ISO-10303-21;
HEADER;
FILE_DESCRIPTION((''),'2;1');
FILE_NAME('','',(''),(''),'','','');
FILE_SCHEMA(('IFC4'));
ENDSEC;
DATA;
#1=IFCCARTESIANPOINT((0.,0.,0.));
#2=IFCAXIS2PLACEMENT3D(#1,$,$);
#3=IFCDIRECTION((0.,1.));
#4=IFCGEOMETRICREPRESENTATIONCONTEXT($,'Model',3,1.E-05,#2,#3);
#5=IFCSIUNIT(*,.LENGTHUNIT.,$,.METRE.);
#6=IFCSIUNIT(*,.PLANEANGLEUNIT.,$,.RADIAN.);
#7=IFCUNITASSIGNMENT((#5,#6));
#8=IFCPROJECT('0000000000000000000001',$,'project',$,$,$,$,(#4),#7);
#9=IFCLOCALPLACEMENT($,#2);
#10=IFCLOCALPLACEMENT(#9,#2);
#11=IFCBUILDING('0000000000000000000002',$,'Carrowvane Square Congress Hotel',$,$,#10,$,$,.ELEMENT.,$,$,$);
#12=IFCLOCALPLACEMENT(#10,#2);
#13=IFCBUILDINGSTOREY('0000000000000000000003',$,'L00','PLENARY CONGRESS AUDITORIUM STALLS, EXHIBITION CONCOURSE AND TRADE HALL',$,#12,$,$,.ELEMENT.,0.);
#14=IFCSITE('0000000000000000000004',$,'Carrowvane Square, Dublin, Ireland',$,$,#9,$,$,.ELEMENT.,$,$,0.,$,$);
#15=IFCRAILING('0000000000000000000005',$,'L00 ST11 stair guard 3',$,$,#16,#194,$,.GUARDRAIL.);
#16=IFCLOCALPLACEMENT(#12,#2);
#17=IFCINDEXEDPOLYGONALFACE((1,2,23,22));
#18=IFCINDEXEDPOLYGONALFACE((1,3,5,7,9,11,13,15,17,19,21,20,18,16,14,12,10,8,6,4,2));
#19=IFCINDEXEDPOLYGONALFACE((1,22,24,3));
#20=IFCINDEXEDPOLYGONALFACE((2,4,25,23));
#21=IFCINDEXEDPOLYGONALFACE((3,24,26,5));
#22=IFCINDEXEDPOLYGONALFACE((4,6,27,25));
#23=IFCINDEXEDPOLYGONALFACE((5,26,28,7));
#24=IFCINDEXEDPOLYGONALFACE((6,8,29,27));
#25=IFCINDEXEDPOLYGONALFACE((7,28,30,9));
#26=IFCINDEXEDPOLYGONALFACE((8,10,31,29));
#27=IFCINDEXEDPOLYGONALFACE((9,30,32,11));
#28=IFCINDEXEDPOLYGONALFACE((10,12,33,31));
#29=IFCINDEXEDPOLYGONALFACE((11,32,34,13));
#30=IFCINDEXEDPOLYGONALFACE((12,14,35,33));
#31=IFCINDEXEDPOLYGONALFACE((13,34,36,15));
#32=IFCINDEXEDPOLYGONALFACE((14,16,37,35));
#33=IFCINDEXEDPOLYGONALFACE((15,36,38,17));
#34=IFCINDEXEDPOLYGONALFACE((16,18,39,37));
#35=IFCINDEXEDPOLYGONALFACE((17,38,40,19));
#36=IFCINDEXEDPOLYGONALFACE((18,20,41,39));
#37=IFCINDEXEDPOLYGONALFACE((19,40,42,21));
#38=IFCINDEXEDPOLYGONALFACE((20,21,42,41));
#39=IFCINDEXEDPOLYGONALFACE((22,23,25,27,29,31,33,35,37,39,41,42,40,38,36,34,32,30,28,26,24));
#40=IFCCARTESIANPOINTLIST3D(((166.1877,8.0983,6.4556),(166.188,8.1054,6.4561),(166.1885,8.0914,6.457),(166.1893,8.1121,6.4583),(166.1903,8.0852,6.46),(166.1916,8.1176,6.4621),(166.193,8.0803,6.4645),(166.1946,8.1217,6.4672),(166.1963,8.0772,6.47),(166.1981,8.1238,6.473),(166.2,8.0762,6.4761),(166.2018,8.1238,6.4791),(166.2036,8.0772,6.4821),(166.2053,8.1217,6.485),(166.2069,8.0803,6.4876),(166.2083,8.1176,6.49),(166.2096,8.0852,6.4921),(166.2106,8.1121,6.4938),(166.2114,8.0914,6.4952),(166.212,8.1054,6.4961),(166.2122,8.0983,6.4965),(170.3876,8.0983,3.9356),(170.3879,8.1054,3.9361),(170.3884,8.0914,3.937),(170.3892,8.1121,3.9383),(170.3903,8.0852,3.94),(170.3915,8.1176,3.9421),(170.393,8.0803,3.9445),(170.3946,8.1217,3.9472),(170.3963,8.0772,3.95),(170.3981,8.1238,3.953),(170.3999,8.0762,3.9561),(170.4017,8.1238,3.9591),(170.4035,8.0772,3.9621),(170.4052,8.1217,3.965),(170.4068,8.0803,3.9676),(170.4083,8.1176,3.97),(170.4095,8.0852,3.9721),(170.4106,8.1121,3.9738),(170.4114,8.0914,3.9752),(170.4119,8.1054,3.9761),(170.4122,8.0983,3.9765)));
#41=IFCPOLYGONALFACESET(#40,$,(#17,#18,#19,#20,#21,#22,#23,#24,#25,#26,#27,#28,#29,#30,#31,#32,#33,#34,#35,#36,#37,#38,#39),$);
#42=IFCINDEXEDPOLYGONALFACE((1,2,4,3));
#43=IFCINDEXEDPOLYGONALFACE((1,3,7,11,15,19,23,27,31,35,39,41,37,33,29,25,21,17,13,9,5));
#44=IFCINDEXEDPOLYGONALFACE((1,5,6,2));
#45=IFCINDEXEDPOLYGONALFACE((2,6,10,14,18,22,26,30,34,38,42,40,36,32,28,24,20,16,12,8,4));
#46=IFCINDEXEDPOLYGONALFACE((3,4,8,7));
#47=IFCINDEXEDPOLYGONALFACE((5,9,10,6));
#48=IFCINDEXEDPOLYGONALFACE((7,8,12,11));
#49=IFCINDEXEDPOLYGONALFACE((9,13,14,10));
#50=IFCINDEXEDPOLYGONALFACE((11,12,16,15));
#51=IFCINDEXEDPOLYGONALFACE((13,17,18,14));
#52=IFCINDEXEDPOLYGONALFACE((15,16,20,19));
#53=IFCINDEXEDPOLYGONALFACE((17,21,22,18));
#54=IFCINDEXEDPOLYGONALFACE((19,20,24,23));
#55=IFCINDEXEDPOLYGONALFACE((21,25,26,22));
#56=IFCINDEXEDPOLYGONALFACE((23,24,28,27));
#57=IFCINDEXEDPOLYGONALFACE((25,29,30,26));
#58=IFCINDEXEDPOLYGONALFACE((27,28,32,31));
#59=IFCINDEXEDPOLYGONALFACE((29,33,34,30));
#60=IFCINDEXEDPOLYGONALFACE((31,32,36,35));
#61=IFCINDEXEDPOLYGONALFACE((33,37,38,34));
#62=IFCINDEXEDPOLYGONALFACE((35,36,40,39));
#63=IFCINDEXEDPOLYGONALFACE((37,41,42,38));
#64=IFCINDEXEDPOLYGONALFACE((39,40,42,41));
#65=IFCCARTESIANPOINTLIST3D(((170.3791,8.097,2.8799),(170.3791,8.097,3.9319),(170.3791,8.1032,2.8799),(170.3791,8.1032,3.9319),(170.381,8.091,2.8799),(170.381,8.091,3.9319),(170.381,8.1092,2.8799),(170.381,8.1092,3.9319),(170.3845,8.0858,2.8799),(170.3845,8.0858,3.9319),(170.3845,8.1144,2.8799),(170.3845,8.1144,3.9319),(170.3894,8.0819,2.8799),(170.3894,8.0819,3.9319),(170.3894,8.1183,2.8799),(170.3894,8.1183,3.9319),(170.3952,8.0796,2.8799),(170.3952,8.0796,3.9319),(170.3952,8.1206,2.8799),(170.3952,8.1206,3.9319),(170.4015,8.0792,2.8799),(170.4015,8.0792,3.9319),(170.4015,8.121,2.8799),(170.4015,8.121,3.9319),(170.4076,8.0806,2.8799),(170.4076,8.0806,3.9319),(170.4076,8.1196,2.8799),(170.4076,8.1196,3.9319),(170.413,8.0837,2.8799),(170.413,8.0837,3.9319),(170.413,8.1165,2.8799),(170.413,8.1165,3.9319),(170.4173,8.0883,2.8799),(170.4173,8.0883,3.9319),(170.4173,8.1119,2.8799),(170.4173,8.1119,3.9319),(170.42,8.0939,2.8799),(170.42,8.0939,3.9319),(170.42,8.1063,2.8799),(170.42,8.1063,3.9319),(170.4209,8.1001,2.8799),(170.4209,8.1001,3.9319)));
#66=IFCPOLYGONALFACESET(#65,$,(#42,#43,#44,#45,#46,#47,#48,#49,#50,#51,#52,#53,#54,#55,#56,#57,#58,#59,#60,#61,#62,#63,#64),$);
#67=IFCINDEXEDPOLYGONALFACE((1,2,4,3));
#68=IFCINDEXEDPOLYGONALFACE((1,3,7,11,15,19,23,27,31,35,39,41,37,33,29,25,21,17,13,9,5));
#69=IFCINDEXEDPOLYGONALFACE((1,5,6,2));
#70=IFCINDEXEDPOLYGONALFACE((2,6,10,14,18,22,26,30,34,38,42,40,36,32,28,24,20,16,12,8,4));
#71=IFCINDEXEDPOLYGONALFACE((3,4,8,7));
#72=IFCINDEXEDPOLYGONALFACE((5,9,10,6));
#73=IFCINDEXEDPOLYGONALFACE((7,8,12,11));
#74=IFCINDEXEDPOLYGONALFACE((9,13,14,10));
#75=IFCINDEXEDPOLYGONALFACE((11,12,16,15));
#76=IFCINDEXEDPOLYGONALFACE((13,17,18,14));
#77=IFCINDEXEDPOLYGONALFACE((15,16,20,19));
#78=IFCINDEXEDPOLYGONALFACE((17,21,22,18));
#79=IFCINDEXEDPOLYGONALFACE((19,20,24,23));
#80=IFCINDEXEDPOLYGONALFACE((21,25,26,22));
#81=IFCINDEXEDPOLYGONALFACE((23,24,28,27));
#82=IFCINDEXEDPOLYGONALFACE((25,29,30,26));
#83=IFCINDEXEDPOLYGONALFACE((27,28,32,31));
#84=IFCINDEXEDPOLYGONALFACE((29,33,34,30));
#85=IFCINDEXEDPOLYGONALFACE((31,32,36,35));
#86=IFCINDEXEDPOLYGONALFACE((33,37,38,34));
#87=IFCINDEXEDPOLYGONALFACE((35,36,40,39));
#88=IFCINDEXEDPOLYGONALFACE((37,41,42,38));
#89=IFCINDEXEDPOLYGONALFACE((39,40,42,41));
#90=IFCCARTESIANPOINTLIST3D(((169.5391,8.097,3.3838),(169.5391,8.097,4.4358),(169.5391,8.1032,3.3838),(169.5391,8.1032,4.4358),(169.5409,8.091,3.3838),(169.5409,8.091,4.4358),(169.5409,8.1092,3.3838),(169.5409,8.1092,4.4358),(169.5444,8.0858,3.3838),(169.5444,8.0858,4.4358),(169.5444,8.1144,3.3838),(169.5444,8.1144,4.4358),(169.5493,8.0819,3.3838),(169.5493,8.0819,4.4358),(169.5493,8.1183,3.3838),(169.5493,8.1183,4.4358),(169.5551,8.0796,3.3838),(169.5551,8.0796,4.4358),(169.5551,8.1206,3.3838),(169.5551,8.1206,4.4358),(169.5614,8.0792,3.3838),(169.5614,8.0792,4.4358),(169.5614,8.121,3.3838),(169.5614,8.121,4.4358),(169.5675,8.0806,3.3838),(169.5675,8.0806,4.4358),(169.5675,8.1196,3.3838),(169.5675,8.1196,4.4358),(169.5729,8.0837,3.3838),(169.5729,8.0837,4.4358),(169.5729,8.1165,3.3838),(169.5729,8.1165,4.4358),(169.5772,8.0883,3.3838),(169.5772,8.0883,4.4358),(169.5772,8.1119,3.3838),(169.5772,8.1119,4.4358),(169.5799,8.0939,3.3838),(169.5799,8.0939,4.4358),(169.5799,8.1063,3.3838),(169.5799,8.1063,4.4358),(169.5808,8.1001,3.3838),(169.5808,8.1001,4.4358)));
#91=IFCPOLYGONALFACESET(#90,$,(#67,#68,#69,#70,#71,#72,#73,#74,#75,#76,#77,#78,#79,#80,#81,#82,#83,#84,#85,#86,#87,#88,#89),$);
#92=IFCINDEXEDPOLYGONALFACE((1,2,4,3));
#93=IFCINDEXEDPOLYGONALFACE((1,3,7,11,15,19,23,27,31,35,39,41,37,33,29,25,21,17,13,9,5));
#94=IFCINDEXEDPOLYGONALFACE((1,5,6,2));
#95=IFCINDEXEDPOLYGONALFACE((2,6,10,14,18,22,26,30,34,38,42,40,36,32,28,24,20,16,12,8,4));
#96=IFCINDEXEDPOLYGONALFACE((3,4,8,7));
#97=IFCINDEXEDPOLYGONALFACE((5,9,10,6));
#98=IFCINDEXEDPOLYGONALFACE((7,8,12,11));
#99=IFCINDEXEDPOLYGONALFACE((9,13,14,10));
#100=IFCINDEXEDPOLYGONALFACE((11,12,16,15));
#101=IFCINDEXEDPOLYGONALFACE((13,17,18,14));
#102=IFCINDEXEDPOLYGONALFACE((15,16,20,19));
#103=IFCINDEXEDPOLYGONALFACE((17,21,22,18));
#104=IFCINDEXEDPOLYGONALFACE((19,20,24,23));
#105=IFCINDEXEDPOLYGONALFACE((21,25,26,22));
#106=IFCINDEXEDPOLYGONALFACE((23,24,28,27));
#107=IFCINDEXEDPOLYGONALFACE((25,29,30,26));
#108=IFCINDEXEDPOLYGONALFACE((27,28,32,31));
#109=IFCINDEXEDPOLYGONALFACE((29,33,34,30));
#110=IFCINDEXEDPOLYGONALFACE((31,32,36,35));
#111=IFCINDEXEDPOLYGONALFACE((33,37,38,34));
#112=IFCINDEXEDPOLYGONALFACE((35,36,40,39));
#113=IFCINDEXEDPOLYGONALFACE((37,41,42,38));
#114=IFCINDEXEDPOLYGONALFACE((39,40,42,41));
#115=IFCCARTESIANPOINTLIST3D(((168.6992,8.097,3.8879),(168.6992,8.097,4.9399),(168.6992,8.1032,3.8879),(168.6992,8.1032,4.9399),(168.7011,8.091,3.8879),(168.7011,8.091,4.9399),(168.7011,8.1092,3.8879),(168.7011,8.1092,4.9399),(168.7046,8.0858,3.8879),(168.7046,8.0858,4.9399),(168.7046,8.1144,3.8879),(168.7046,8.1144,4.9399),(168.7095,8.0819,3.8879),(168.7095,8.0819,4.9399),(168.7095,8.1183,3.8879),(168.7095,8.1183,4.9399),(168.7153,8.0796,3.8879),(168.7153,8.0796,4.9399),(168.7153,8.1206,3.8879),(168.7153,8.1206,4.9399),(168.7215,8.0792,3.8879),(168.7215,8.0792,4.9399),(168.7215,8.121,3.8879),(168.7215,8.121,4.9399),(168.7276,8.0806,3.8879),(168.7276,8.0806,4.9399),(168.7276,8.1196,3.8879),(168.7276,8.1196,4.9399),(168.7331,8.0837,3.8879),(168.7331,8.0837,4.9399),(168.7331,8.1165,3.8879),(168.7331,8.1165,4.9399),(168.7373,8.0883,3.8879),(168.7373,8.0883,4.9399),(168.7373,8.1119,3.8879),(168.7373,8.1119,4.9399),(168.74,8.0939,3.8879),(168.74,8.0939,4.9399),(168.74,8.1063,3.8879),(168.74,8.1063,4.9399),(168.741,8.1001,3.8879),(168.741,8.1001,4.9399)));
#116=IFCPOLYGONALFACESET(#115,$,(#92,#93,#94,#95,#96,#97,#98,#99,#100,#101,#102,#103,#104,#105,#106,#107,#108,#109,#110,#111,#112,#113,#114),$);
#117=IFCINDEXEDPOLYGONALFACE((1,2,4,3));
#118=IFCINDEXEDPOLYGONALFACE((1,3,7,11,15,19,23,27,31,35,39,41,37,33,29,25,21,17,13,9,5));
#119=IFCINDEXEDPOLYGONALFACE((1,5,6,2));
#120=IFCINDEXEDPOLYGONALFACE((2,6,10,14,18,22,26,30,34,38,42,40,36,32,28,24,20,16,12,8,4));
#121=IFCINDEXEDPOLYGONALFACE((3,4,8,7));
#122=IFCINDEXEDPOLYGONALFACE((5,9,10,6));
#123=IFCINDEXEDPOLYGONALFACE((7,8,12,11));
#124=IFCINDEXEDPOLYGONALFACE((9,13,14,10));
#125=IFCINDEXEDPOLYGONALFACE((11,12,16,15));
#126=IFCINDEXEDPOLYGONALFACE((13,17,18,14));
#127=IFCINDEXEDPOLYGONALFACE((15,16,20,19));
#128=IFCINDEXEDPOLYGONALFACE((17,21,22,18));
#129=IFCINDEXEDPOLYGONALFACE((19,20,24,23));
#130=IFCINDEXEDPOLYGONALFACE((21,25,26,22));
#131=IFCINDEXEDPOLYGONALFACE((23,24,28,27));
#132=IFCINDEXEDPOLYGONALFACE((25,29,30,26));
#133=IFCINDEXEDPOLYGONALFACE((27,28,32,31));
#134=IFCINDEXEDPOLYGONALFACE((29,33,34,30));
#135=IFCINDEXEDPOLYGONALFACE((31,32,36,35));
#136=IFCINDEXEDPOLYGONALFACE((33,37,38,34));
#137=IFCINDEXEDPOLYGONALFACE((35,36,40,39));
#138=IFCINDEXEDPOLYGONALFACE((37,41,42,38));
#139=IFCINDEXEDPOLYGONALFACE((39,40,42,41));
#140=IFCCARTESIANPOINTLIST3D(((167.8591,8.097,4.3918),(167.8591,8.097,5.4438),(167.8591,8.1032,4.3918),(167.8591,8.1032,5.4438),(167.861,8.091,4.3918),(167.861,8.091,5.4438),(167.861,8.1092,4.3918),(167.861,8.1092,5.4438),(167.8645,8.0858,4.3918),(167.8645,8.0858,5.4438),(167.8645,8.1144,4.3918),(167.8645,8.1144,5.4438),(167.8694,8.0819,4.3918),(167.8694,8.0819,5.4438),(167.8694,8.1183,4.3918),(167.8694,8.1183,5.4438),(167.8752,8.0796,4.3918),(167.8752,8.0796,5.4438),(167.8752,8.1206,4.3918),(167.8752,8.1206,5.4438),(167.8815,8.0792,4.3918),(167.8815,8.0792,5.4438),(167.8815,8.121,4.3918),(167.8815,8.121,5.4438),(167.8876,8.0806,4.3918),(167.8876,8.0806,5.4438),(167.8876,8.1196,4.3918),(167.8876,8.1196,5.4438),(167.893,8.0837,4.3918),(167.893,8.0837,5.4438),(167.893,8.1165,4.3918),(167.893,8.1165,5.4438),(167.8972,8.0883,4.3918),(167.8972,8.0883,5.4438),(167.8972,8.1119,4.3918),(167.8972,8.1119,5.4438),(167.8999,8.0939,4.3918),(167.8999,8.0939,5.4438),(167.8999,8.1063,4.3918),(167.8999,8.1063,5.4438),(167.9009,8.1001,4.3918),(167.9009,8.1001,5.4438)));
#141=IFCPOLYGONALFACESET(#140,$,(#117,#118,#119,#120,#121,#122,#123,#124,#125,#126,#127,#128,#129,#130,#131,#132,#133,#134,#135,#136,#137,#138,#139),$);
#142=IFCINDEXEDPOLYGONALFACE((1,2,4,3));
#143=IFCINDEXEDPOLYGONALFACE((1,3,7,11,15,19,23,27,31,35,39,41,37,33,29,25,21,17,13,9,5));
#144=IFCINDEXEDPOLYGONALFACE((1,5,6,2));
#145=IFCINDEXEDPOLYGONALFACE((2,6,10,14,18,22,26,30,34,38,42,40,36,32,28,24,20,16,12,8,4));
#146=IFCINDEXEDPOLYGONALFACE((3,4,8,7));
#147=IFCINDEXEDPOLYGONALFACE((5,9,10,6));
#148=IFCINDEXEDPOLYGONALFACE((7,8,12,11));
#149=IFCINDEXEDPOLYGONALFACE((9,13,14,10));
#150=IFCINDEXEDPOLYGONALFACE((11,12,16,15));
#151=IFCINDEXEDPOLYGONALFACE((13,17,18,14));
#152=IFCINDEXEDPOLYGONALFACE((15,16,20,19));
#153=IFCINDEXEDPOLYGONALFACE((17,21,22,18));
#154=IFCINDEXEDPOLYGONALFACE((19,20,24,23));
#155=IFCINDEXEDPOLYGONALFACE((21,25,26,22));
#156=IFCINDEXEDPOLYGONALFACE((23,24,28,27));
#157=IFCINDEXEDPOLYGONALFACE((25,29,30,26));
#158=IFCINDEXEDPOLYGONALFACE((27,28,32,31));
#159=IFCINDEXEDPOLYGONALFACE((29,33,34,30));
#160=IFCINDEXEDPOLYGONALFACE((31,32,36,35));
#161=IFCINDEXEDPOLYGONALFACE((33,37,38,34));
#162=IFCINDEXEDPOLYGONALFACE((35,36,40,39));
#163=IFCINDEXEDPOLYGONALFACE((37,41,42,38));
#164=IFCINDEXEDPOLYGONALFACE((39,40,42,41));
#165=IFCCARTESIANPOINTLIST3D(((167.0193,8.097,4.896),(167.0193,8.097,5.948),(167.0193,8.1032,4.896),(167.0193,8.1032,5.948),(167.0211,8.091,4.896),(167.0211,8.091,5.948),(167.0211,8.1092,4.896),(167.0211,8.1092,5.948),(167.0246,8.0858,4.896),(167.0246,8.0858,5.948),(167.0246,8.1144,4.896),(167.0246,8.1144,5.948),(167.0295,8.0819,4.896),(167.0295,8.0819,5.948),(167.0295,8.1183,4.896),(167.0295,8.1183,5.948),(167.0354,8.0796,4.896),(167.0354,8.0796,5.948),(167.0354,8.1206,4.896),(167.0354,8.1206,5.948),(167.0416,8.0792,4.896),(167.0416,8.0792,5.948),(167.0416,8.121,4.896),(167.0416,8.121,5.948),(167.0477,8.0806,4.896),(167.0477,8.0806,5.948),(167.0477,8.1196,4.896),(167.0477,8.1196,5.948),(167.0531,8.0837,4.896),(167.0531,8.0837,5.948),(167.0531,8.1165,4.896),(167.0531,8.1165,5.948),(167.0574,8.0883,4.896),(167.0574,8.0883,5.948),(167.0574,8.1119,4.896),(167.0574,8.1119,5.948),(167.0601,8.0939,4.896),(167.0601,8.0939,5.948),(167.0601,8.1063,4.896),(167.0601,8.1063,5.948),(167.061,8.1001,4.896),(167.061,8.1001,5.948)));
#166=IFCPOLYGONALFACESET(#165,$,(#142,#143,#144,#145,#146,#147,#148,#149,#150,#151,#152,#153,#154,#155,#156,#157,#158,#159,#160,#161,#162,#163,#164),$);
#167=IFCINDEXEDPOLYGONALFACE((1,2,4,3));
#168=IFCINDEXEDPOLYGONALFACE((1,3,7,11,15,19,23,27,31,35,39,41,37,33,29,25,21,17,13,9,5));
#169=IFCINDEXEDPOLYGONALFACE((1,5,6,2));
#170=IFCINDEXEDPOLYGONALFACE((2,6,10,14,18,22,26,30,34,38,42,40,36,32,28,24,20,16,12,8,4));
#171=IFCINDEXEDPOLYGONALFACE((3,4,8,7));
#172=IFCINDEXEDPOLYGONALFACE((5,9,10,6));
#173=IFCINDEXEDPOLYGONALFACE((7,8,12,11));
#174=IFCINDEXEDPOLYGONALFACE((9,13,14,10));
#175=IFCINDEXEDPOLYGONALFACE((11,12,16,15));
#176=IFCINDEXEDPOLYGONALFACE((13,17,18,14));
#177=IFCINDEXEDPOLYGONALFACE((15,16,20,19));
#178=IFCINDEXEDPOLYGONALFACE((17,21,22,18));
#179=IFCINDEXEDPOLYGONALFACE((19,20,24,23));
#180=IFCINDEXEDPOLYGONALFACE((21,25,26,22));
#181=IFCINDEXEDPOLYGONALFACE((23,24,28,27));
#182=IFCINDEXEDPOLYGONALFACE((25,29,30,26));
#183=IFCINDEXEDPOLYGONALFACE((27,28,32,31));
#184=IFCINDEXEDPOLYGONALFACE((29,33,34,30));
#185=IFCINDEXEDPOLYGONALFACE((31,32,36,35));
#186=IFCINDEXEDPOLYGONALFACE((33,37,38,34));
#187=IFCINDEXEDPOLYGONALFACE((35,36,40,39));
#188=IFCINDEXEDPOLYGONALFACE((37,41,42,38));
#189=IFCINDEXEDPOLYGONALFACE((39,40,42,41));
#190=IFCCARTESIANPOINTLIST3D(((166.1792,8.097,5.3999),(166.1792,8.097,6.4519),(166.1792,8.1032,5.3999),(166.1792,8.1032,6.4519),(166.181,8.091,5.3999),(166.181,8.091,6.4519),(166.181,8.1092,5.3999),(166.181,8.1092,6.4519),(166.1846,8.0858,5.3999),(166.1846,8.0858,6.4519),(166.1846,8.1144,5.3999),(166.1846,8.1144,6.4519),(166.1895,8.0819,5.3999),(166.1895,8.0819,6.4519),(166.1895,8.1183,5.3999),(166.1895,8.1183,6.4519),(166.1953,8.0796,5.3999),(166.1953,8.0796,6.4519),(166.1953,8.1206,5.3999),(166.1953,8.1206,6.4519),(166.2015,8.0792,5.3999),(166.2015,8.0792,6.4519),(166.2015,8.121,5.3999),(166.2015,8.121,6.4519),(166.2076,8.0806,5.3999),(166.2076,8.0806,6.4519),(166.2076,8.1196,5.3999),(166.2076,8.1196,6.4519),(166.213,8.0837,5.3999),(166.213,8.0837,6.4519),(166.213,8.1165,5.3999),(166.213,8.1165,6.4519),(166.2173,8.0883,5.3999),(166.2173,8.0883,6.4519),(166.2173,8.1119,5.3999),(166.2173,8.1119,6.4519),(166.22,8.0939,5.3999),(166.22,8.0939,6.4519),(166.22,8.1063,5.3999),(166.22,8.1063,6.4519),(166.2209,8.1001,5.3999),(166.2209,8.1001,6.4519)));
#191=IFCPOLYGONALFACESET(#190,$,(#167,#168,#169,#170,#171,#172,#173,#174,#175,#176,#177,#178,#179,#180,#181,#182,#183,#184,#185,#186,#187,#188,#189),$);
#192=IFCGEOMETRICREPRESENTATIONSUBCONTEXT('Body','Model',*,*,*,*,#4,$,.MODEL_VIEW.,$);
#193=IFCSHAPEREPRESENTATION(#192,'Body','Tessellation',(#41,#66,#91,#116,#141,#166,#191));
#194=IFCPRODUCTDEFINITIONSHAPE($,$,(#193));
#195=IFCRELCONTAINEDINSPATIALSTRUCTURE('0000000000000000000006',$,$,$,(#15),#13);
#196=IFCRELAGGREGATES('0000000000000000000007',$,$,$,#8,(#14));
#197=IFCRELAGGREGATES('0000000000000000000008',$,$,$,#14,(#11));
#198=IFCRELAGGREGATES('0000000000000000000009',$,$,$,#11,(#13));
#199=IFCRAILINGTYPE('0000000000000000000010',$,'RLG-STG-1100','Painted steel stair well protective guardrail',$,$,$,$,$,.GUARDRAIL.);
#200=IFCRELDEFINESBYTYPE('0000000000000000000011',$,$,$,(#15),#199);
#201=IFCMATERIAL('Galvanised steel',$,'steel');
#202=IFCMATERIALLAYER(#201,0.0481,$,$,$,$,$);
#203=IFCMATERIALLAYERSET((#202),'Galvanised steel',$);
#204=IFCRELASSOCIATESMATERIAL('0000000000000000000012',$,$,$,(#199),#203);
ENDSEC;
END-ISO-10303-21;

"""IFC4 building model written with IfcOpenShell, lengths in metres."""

from ifc_helpers import new_model, si_unit, direction, frame, origin, origin_2d, place, context, subcontext, project, spatial, circle, extrude, material, layer, layer_set, type_object, element, save


model = new_model("IFC4")

# Units and contexts
model_context = context("Model", 3, precision=1e-05, world=origin(), true_north=direction((0.0, 1.0)))
body_context = subcontext(model_context, "Body", "Model", "MODEL_VIEW")
ifc_project = project(units=[si_unit("LENGTHUNIT", "METRE"), si_unit("PLANEANGLEUNIT", "RADIAN")], contexts=[model_context])

# Site, building, storey
site_placement = place(None, origin())
site = spatial("IfcSite", under=ifc_project, at=site_placement, Name="Carrowvane Square, Dublin, Ireland", CompositionType="ELEMENT", RefElevation=0.0)
building_placement = place(site_placement, origin())
building = spatial("IfcBuilding", under=site, at=building_placement, Name="Carrowvane Square Congress Hotel", CompositionType="ELEMENT")
storey_placement = place(building_placement, origin())
storey = spatial("IfcBuildingStorey", under=building, at=storey_placement, Name="L00", Description="PLENARY CONGRESS AUDITORIUM STALLS, EXHIBITION CONCOURSE AND TRADE HALL", CompositionType="ELEMENT", Elevation=0.0)

# Railing
ifc_material_1 = material(Name="Galvanised steel", Category="steel")
ifc_layer_1 = layer(ifc_material_1, 0.0481)
ifc_layer_set_1 = layer_set([ifc_layer_1], Name="Galvanised steel")
railing_type_1 = type_object("IfcRailingType", Name="RLG-STG-1100", Description="Painted steel stair well protective guardrail", PredefinedType="GUARDRAIL", material=ifc_layer_set_1)
railing_1_placement = place(storey_placement, frame((170.3999, 8.1001, 2.8799)))
element("IfcRailing", 1, at=railing_1_placement, inside=storey, type_object=railing_type_1, Name="L00 ST11 stair guard 3", PredefinedType="GUARDRAIL", context=body_context, shape_type="SweptSolid", body=[
    extrude(circle(Radius=0.0239, at=origin_2d()), frame((0.0, 0.0, 1.0762), z_axis=(-0.857489, 0.0, 0.514503), x_axis=(0.0, -1.0, 0.0)), (0.0, 0.0, 1.0), 4.8979),
    extrude(circle(Radius=0.021, at=origin_2d()), origin(), (0.0, 0.0, 1.0), 1.052),
    extrude(circle(Radius=0.021, at=origin_2d()), frame((-0.8401, 0.0, 0.5039)), (0.0, 0.0, 1.0), 1.052),
    extrude(circle(Radius=0.021, at=origin_2d()), frame((-1.6799, 0.0, 1.0081)), (0.0, 0.0, 1.0), 1.052),
    extrude(circle(Radius=0.021, at=origin_2d()), frame((-2.52, 0.0, 1.512)), (0.0, 0.0, 1.0), 1.052),
    extrude(circle(Radius=0.021, at=origin_2d()), frame((-3.3599, 0.0, 2.0161)), (0.0, 0.0, 1.0), 1.052),
    extrude(circle(Radius=0.021, at=origin_2d()), frame((-4.2, 0.0, 2.52)), (0.0, 0.0, 1.0), 1.052),
])

save(model, "model.ifc")
